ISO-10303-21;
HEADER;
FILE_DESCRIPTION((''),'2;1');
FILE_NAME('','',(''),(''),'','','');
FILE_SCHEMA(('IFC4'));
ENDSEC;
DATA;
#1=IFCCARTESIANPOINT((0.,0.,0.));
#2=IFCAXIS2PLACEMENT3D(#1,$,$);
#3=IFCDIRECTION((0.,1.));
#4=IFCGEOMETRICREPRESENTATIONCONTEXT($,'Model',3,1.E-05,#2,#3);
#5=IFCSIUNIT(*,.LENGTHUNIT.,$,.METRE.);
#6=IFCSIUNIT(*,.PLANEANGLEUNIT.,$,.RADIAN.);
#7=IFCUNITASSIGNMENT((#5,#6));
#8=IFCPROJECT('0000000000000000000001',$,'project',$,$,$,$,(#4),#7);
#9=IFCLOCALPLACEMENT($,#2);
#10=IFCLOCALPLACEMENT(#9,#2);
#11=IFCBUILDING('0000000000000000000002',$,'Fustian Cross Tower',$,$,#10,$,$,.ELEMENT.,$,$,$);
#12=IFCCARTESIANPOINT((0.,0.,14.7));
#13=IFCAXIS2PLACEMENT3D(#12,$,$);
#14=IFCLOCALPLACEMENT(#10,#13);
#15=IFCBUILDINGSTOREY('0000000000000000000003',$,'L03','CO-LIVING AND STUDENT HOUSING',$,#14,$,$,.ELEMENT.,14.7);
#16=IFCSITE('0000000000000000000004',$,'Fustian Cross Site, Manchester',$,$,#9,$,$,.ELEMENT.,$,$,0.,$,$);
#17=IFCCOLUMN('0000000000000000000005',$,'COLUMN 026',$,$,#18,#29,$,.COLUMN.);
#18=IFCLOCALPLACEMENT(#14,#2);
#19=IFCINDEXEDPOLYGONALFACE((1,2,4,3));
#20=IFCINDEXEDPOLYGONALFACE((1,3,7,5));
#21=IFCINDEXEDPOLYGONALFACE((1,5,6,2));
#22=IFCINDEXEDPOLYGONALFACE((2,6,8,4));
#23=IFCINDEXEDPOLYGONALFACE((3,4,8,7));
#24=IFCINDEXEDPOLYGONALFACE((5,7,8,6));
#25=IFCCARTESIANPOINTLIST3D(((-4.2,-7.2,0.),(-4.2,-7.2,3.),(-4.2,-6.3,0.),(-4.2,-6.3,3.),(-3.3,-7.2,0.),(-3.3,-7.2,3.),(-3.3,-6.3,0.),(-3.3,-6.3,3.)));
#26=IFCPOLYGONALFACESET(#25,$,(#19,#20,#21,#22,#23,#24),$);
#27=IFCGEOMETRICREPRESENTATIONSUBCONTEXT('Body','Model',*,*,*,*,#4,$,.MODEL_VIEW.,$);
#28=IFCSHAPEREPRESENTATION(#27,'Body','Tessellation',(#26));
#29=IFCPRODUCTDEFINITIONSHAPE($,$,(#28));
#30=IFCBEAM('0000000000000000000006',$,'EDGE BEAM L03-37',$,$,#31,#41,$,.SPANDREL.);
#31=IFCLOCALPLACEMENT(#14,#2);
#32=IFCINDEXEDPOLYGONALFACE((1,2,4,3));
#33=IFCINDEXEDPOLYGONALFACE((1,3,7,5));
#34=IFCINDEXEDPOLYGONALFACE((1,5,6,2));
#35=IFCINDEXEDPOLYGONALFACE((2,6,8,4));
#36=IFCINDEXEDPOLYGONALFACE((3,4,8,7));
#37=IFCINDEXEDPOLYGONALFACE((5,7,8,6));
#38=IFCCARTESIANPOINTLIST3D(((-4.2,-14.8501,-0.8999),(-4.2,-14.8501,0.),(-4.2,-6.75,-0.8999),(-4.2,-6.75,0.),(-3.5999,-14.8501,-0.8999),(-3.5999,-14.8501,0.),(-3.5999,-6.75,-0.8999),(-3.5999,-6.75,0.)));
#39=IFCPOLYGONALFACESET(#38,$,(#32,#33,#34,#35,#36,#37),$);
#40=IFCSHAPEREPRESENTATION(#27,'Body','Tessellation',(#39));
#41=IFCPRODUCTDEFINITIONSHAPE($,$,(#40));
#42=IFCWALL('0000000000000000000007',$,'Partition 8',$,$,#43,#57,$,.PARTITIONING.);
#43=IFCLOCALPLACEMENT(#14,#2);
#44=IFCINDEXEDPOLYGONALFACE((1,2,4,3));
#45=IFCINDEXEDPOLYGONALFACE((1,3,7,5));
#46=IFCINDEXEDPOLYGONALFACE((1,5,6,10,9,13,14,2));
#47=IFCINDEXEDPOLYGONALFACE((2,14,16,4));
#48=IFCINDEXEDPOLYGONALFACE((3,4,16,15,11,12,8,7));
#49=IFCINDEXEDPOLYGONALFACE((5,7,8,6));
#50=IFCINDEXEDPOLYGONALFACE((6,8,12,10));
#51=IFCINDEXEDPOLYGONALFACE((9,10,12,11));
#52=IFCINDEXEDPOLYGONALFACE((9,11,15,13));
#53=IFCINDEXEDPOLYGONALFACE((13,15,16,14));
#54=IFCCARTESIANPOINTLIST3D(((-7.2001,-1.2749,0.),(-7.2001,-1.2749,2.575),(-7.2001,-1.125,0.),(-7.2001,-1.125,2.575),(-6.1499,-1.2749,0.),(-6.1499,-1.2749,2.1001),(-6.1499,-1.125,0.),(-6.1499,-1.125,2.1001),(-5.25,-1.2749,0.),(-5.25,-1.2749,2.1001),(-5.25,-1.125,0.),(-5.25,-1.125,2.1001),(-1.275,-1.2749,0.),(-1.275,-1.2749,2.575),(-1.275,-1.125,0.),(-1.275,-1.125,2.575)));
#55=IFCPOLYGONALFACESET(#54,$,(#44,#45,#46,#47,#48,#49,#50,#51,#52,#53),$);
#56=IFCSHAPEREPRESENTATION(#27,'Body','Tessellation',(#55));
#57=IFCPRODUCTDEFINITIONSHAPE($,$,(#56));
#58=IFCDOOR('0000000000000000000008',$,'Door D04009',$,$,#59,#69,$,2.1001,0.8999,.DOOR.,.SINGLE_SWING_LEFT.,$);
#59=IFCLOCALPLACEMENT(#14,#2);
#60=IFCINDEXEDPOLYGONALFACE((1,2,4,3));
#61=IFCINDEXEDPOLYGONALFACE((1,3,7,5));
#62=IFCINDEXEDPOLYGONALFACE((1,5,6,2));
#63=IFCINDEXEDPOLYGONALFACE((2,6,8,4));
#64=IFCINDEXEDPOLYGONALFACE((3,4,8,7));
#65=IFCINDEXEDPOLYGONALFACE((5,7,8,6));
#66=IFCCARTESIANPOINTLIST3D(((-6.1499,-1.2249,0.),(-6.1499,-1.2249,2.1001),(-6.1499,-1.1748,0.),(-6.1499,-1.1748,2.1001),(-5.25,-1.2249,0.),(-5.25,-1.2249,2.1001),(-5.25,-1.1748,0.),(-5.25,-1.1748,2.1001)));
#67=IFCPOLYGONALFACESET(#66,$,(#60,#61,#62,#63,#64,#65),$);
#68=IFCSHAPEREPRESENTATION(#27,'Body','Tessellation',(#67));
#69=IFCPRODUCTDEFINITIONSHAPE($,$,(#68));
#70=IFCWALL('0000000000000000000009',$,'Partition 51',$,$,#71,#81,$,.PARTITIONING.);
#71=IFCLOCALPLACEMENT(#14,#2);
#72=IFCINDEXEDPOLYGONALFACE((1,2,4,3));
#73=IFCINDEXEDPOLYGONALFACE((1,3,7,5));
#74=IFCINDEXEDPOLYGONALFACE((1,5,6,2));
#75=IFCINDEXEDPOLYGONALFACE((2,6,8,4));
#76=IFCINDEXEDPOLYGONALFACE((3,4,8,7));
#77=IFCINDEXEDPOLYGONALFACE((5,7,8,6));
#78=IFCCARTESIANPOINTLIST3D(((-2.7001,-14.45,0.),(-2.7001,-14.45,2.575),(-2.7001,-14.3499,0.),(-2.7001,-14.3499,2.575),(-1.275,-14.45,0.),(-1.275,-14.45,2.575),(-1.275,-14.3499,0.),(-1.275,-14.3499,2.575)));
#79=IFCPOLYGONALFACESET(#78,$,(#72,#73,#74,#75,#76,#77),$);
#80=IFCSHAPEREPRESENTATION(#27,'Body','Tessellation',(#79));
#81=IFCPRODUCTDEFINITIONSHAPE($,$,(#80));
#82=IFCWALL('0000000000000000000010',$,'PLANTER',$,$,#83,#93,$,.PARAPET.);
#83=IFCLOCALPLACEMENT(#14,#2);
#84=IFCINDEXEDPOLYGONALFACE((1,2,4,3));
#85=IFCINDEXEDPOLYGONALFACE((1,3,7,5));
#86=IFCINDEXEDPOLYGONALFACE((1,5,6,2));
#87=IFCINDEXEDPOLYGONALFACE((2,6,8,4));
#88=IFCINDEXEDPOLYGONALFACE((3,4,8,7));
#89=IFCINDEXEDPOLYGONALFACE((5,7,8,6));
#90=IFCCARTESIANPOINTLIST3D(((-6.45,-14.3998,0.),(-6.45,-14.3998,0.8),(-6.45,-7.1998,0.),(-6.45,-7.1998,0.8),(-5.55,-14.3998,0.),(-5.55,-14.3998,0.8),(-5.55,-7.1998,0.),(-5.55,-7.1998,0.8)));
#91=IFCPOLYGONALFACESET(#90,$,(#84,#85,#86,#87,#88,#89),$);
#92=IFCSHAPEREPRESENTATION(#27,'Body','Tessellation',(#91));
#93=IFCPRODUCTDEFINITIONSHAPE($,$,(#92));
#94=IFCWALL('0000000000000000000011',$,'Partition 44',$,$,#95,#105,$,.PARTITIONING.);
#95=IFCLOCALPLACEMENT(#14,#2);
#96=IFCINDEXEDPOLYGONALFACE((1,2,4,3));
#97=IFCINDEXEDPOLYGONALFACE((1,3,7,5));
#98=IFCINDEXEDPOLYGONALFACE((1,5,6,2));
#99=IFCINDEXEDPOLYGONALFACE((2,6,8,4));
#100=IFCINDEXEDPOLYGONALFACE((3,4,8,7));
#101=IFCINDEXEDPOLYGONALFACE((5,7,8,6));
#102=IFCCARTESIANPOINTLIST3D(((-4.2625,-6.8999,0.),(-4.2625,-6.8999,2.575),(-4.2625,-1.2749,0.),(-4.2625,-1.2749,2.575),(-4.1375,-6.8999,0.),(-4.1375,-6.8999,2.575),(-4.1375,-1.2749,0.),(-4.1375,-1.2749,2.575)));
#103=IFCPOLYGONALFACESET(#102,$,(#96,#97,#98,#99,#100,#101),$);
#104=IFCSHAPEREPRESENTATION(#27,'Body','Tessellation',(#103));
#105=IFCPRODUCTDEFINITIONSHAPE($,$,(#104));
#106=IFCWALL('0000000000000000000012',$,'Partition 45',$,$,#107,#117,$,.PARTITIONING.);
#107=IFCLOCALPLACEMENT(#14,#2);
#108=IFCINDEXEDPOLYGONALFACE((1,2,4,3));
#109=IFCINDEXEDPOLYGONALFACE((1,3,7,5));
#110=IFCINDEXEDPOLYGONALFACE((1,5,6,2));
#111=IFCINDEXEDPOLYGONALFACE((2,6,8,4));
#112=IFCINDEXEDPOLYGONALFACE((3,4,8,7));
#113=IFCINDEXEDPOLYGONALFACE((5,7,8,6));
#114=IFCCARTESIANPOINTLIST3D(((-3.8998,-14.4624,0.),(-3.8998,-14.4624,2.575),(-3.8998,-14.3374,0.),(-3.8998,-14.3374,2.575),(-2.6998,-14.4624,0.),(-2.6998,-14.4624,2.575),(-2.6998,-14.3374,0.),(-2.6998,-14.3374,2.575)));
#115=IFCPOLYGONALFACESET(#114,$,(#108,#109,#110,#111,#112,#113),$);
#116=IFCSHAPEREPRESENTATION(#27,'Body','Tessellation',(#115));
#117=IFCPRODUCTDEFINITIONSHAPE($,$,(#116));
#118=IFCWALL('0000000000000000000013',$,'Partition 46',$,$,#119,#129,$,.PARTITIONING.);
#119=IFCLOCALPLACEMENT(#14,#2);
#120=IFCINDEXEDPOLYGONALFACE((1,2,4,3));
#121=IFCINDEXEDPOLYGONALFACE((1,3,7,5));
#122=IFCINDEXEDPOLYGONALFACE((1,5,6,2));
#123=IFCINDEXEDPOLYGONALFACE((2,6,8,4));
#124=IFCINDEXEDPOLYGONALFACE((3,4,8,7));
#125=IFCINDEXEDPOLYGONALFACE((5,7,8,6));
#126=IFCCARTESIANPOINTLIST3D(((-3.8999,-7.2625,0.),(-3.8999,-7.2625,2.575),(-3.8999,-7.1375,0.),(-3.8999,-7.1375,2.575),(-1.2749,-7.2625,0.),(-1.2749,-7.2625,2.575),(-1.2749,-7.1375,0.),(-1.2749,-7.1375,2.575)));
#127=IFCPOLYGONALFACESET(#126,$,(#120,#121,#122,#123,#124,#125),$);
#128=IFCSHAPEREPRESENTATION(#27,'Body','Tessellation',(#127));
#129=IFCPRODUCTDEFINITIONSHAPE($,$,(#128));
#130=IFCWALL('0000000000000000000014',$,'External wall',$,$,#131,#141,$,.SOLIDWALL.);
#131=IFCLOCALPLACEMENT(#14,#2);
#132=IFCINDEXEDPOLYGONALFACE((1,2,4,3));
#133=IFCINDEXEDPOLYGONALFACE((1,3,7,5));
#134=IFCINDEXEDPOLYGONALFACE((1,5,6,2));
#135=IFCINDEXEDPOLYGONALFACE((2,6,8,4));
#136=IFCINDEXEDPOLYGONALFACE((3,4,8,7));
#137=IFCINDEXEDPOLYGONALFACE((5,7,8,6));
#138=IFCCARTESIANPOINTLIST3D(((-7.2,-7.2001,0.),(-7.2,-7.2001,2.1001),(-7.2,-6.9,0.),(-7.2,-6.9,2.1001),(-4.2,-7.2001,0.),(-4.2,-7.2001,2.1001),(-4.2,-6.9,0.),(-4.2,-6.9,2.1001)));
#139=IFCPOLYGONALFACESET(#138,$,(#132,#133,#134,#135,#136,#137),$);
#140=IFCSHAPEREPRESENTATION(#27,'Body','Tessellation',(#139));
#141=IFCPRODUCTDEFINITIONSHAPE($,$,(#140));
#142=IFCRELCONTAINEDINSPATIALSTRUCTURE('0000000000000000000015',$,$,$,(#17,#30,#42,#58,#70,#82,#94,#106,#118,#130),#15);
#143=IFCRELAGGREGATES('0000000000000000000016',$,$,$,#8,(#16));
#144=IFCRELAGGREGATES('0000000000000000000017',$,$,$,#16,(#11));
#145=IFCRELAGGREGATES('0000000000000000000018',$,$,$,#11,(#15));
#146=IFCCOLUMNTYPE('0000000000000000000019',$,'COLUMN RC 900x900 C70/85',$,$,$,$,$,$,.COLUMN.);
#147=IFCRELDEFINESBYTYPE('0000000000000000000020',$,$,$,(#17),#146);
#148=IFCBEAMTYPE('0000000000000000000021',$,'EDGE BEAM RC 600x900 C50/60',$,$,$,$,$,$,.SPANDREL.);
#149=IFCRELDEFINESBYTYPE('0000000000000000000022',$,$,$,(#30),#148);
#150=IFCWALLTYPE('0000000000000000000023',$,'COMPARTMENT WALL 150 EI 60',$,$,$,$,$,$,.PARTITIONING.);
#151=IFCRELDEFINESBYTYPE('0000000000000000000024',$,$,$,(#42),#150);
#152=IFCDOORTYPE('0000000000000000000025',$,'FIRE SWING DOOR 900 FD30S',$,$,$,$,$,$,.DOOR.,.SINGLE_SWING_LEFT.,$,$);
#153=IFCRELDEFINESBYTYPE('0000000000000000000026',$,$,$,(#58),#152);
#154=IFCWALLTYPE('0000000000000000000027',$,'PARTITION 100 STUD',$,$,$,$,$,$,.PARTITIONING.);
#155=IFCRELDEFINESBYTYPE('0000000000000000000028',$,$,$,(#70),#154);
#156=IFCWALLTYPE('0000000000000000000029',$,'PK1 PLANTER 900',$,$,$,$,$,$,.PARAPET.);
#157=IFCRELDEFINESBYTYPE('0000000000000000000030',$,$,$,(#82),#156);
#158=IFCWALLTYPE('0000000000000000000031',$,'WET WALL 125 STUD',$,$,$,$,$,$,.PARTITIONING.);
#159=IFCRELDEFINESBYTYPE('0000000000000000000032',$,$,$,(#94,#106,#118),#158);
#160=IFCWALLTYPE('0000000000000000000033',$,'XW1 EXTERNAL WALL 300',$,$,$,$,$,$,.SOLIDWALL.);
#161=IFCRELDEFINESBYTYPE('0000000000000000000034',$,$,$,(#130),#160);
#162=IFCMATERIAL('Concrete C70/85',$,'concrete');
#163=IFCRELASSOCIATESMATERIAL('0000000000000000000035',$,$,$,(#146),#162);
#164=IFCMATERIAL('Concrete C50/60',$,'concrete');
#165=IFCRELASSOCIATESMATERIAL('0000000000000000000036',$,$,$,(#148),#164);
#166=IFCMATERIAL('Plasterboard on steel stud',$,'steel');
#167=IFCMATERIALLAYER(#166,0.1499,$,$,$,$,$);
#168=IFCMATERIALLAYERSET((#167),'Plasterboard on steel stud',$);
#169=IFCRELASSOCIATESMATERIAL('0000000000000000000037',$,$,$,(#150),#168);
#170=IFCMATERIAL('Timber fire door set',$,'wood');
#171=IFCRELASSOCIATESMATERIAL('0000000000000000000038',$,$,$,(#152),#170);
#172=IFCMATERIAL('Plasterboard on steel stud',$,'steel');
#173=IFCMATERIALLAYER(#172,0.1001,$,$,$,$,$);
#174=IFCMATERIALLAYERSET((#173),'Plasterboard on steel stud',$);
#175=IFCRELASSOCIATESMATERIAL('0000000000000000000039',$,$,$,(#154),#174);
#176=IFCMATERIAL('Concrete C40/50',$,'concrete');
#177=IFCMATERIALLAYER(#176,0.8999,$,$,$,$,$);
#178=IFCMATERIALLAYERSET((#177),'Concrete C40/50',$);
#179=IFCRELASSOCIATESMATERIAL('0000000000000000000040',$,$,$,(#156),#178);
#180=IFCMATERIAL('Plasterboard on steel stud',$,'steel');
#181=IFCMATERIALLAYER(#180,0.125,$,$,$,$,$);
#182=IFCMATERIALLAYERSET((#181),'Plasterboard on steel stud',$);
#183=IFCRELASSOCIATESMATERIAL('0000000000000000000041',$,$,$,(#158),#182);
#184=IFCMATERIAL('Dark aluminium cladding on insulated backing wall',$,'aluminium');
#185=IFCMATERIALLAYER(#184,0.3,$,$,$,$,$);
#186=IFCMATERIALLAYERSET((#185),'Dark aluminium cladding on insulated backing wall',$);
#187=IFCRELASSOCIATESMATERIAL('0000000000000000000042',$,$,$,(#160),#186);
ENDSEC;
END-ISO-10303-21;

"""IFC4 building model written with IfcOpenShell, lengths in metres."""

from ifc_helpers import new_model, si_unit, direction, frame, frame_2d, origin, origin_2d, place, context, subcontext, project, spatial, rectangle, extrude, material, layer, layer_set, material_profile, profile_set, type_object, element, fill, save


model = new_model("IFC4")

# Units and contexts
model_context = context("Model", 3, precision=1e-05, world=origin(), true_north=direction((0.0, 1.0)))
body_context = subcontext(model_context, "Body", "Model", "MODEL_VIEW")
ifc_project = project(units=[si_unit("LENGTHUNIT", "METRE"), si_unit("PLANEANGLEUNIT", "RADIAN")], contexts=[model_context])

# Site, building, storey
site_placement = place(None, origin())
site = spatial("IfcSite", under=ifc_project, at=site_placement, Name="Fustian Cross Site, Manchester", CompositionType="ELEMENT", RefElevation=0.0)
building_placement = place(site_placement, origin())
building = spatial("IfcBuilding", under=site, at=building_placement, Name="Fustian Cross Tower", CompositionType="ELEMENT")
storey_placement = place(building_placement, frame((0.0, 0.0, 14.7)))
storey = spatial("IfcBuildingStorey", under=building, at=storey_placement, Name="L03", Description="CO-LIVING AND STUDENT HOUSING", CompositionType="ELEMENT", Elevation=14.7)

# Column
ifc_material_1 = material(Name="Concrete C70/85", Category="concrete")
ifc_material_profile_1 = material_profile(ifc_material_1, rectangle(XDim=0.8999, YDim=0.8999, at=origin_2d()), Name="RC 900x900")
ifc_profile_set_1 = profile_set([ifc_material_profile_1], Name="Concrete C70/85")
column_type = type_object("IfcColumnType", Name="COLUMN RC 900x900 C70/85", PredefinedType="COLUMN", material=ifc_profile_set_1)
column_placement = place(storey_placement, frame((-3.75, -6.75, 0.0), z_axis=(0.0, 0.0, 1.0), x_axis=(1.0, 0.0, 0.0)))
element("IfcColumn", 1, at=column_placement, inside=storey, type_object=column_type, Name="COLUMN 026", PredefinedType="COLUMN", context=body_context, shape_type="SweptSolid", body=[
    extrude(rectangle(XDim=0.8999, YDim=0.8999, at=origin_2d()), origin(), (0.0, 0.0, 1.0), 3.0),
])

# Beam
ifc_material_2 = material(Name="Concrete C50/60", Category="concrete")
ifc_material_profile_2 = material_profile(ifc_material_2, rectangle(XDim=0.6001, YDim=0.8999, at=origin_2d()), Name="RC 600x900")
ifc_profile_set_2 = profile_set([ifc_material_profile_2], Name="Concrete C50/60")
beam_type = type_object("IfcBeamType", Name="EDGE BEAM RC 600x900 C50/60", PredefinedType="SPANDREL", material=ifc_profile_set_2)
beam_placement = place(storey_placement, frame((-3.8999, -6.75, -0.45), z_axis=(0.0, -1.0, 0.0), x_axis=(1.0, 0.0, 0.0)))
element("IfcBeam", 2, at=beam_placement, inside=storey, type_object=beam_type, Name="EDGE BEAM L03-37", PredefinedType="SPANDREL", context=body_context, shape_type="SweptSolid", body=[
    extrude(rectangle(XDim=0.6001, YDim=0.8999, at=origin_2d()), origin(), (0.0, 0.0, 1.0), 8.1001),
])

# Wall, opening, door
ifc_material_3 = material(Name="Plasterboard on steel stud", Category="steel")
ifc_layer_1 = layer(ifc_material_3, 0.1499)
ifc_layer_set_1 = layer_set([ifc_layer_1], Name="Plasterboard on steel stud")
wall_type_1 = type_object("IfcWallType", Name="COMPARTMENT WALL 150 EI 60", PredefinedType="PARTITIONING", material=ifc_layer_set_1)
wall_1_placement = place(storey_placement, frame((-7.2, -1.2, 0.0), z_axis=(0.0, 0.0, 1.0), x_axis=(1.0, 0.0, 0.0)))
wall_1 = element("IfcWall", 3, at=wall_1_placement, inside=storey, type_object=wall_type_1, Name="Partition 8", PredefinedType="PARTITIONING", context=body_context, shape_type="SweptSolid", body=[
    extrude(rectangle(XDim=5.925, YDim=0.1499, at=frame_2d((2.9624, 0.0))), origin(), (0.0, 0.0, 1.0), 2.575),
])
opening_1_placement = place(wall_1_placement, frame((1.05, 0.0, 0.0)))
opening_1 = element("IfcOpeningElement", 4, at=opening_1_placement, cuts=wall_1, PredefinedType="OPENING", context=body_context, shape_type="SweptSolid", body=[
    extrude(rectangle(XDim=0.8999, YDim=2.1001, at=frame_2d((0.45, 1.05))), frame((0.0, 0.085, 0.0), z_axis=(0.0, -1.0, 0.0), x_axis=(1.0, 0.0, 0.0)), (0.0, 0.0, 1.0), 0.1699),
])
ifc_material_4 = material(Name="Timber fire door set", Category="wood")
door_type_1 = type_object("IfcDoorType", Name="FIRE SWING DOOR 900 FD30S", OperationType="SINGLE_SWING_LEFT", PredefinedType="DOOR", material=ifc_material_4)
door_1_placement = place(opening_1_placement, frame((0.8999, 0.0, 0.0), z_axis=(0.0, 0.0, 1.0), x_axis=(-1.0, 0.0, 0.0)))
door_1 = element("IfcDoor", 5, at=door_1_placement, inside=storey, type_object=door_type_1, Name="Door D04009", OperationType="SINGLE_SWING_LEFT", OverallHeight=2.1001, OverallWidth=0.8999, PredefinedType="DOOR", context=body_context, shape_type="SweptSolid", body=[
    extrude(rectangle(XDim=0.8999, YDim=2.1001, at=frame_2d((0.45, 1.05))), frame((0.0, 0.0249, 0.0), z_axis=(0.0, -1.0, 0.0), x_axis=(1.0, 0.0, 0.0)), (0.0, 0.0, 1.0), 0.05),
])
fill(opening_1, door_1)

# Walls
ifc_material_5 = material(Name="Plasterboard on steel stud", Category="steel")
ifc_layer_2 = layer(ifc_material_5, 0.1001)
ifc_layer_set_2 = layer_set([ifc_layer_2], Name="Plasterboard on steel stud")
wall_type_2 = type_object("IfcWallType", Name="PARTITION 100 STUD", PredefinedType="PARTITIONING", material=ifc_layer_set_2)
wall_2_placement = place(storey_placement, frame((-2.7, -14.3999, 0.0), z_axis=(0.0, 0.0, 1.0), x_axis=(1.0, 0.0, 0.0)))
element("IfcWall", 6, at=wall_2_placement, inside=storey, type_object=wall_type_2, Name="Partition 51", PredefinedType="PARTITIONING", context=body_context, shape_type="SweptSolid", body=[
    extrude(rectangle(XDim=1.425, YDim=0.1001, at=frame_2d((0.7124, 0.0))), origin(), (0.0, 0.0, 1.0), 2.575),
])
ifc_material_6 = material(Name="Concrete C40/50", Category="concrete")
ifc_layer_3 = layer(ifc_material_6, 0.8999)
ifc_layer_set_3 = layer_set([ifc_layer_3], Name="Concrete C40/50")
wall_type_3 = type_object("IfcWallType", Name="PK1 PLANTER 900", PredefinedType="PARAPET", material=ifc_layer_set_3)
wall_3_placement = place(storey_placement, frame((-6.0, -14.3999, 0.0), z_axis=(0.0, 0.0, 1.0), x_axis=(0.0, 1.0, 0.0)))
element("IfcWall", 7, at=wall_3_placement, inside=storey, type_object=wall_type_3, Name="PLANTER", PredefinedType="PARAPET", context=body_context, shape_type="SweptSolid", body=[
    extrude(rectangle(XDim=7.2, YDim=0.8999, at=frame_2d((3.6001, 0.0))), origin(), (0.0, 0.0, 1.0), 0.8),
])
ifc_material_7 = material(Name="Plasterboard on steel stud", Category="steel")
ifc_layer_4 = layer(ifc_material_7, 0.125)
ifc_layer_set_4 = layer_set([ifc_layer_4], Name="Plasterboard on steel stud")
wall_type_4 = type_object("IfcWallType", Name="WET WALL 125 STUD", PredefinedType="PARTITIONING", material=ifc_layer_set_4)
wall_4_placement = place(storey_placement, frame((-4.2, -6.8999, 0.0), z_axis=(0.0, 0.0, 1.0), x_axis=(0.0, 1.0, 0.0)))
element("IfcWall", 8, at=wall_4_placement, inside=storey, type_object=wall_type_4, Name="Partition 44", PredefinedType="PARTITIONING", context=body_context, shape_type="SweptSolid", body=[
    extrude(rectangle(XDim=5.625, YDim=0.125, at=frame_2d((2.8125, 0.0))), origin(), (0.0, 0.0, 1.0), 2.575),
])
wall_5_placement = place(storey_placement, frame((-3.8999, -14.3999, 0.0), z_axis=(0.0, 0.0, 1.0), x_axis=(1.0, 0.0, 0.0)))
element("IfcWall", 9, at=wall_5_placement, inside=storey, type_object=wall_type_4, Name="Partition 45", PredefinedType="PARTITIONING", context=body_context, shape_type="SweptSolid", body=[
    extrude(rectangle(XDim=1.2, YDim=0.125, at=frame_2d((0.6001, 0.0))), origin(), (0.0, 0.0, 1.0), 2.575),
])
wall_6_placement = place(storey_placement, frame((-3.8999, -7.2, 0.0), z_axis=(0.0, 0.0, 1.0), x_axis=(1.0, 0.0, 0.0)))
element("IfcWall", 10, at=wall_6_placement, inside=storey, type_object=wall_type_4, Name="Partition 46", PredefinedType="PARTITIONING", context=body_context, shape_type="SweptSolid", body=[
    extrude(rectangle(XDim=2.625, YDim=0.125, at=frame_2d((1.3125, 0.0))), origin(), (0.0, 0.0, 1.0), 2.575),
])
ifc_material_8 = material(Name="Dark aluminium cladding on insulated backing wall", Category="aluminium")
ifc_layer_5 = layer(ifc_material_8, 0.3)
ifc_layer_set_5 = layer_set([ifc_layer_5], Name="Dark aluminium cladding on insulated backing wall")
wall_type_5 = type_object("IfcWallType", Name="XW1 EXTERNAL WALL 300", PredefinedType="SOLIDWALL", material=ifc_layer_set_5)
wall_7_placement = place(storey_placement, frame((-7.2, -7.05, 0.0), z_axis=(0.0, 0.0, 1.0), x_axis=(1.0, 0.0, 0.0)))
element("IfcWall", 11, at=wall_7_placement, inside=storey, type_object=wall_type_5, Name="External wall", PredefinedType="SOLIDWALL", context=body_context, shape_type="SweptSolid", body=[
    extrude(rectangle(XDim=3.0, YDim=0.3, at=frame_2d((1.5, 0.0))), origin(), (0.0, 0.0, 1.0), 2.1001),
])

save(model, "model.ifc")
